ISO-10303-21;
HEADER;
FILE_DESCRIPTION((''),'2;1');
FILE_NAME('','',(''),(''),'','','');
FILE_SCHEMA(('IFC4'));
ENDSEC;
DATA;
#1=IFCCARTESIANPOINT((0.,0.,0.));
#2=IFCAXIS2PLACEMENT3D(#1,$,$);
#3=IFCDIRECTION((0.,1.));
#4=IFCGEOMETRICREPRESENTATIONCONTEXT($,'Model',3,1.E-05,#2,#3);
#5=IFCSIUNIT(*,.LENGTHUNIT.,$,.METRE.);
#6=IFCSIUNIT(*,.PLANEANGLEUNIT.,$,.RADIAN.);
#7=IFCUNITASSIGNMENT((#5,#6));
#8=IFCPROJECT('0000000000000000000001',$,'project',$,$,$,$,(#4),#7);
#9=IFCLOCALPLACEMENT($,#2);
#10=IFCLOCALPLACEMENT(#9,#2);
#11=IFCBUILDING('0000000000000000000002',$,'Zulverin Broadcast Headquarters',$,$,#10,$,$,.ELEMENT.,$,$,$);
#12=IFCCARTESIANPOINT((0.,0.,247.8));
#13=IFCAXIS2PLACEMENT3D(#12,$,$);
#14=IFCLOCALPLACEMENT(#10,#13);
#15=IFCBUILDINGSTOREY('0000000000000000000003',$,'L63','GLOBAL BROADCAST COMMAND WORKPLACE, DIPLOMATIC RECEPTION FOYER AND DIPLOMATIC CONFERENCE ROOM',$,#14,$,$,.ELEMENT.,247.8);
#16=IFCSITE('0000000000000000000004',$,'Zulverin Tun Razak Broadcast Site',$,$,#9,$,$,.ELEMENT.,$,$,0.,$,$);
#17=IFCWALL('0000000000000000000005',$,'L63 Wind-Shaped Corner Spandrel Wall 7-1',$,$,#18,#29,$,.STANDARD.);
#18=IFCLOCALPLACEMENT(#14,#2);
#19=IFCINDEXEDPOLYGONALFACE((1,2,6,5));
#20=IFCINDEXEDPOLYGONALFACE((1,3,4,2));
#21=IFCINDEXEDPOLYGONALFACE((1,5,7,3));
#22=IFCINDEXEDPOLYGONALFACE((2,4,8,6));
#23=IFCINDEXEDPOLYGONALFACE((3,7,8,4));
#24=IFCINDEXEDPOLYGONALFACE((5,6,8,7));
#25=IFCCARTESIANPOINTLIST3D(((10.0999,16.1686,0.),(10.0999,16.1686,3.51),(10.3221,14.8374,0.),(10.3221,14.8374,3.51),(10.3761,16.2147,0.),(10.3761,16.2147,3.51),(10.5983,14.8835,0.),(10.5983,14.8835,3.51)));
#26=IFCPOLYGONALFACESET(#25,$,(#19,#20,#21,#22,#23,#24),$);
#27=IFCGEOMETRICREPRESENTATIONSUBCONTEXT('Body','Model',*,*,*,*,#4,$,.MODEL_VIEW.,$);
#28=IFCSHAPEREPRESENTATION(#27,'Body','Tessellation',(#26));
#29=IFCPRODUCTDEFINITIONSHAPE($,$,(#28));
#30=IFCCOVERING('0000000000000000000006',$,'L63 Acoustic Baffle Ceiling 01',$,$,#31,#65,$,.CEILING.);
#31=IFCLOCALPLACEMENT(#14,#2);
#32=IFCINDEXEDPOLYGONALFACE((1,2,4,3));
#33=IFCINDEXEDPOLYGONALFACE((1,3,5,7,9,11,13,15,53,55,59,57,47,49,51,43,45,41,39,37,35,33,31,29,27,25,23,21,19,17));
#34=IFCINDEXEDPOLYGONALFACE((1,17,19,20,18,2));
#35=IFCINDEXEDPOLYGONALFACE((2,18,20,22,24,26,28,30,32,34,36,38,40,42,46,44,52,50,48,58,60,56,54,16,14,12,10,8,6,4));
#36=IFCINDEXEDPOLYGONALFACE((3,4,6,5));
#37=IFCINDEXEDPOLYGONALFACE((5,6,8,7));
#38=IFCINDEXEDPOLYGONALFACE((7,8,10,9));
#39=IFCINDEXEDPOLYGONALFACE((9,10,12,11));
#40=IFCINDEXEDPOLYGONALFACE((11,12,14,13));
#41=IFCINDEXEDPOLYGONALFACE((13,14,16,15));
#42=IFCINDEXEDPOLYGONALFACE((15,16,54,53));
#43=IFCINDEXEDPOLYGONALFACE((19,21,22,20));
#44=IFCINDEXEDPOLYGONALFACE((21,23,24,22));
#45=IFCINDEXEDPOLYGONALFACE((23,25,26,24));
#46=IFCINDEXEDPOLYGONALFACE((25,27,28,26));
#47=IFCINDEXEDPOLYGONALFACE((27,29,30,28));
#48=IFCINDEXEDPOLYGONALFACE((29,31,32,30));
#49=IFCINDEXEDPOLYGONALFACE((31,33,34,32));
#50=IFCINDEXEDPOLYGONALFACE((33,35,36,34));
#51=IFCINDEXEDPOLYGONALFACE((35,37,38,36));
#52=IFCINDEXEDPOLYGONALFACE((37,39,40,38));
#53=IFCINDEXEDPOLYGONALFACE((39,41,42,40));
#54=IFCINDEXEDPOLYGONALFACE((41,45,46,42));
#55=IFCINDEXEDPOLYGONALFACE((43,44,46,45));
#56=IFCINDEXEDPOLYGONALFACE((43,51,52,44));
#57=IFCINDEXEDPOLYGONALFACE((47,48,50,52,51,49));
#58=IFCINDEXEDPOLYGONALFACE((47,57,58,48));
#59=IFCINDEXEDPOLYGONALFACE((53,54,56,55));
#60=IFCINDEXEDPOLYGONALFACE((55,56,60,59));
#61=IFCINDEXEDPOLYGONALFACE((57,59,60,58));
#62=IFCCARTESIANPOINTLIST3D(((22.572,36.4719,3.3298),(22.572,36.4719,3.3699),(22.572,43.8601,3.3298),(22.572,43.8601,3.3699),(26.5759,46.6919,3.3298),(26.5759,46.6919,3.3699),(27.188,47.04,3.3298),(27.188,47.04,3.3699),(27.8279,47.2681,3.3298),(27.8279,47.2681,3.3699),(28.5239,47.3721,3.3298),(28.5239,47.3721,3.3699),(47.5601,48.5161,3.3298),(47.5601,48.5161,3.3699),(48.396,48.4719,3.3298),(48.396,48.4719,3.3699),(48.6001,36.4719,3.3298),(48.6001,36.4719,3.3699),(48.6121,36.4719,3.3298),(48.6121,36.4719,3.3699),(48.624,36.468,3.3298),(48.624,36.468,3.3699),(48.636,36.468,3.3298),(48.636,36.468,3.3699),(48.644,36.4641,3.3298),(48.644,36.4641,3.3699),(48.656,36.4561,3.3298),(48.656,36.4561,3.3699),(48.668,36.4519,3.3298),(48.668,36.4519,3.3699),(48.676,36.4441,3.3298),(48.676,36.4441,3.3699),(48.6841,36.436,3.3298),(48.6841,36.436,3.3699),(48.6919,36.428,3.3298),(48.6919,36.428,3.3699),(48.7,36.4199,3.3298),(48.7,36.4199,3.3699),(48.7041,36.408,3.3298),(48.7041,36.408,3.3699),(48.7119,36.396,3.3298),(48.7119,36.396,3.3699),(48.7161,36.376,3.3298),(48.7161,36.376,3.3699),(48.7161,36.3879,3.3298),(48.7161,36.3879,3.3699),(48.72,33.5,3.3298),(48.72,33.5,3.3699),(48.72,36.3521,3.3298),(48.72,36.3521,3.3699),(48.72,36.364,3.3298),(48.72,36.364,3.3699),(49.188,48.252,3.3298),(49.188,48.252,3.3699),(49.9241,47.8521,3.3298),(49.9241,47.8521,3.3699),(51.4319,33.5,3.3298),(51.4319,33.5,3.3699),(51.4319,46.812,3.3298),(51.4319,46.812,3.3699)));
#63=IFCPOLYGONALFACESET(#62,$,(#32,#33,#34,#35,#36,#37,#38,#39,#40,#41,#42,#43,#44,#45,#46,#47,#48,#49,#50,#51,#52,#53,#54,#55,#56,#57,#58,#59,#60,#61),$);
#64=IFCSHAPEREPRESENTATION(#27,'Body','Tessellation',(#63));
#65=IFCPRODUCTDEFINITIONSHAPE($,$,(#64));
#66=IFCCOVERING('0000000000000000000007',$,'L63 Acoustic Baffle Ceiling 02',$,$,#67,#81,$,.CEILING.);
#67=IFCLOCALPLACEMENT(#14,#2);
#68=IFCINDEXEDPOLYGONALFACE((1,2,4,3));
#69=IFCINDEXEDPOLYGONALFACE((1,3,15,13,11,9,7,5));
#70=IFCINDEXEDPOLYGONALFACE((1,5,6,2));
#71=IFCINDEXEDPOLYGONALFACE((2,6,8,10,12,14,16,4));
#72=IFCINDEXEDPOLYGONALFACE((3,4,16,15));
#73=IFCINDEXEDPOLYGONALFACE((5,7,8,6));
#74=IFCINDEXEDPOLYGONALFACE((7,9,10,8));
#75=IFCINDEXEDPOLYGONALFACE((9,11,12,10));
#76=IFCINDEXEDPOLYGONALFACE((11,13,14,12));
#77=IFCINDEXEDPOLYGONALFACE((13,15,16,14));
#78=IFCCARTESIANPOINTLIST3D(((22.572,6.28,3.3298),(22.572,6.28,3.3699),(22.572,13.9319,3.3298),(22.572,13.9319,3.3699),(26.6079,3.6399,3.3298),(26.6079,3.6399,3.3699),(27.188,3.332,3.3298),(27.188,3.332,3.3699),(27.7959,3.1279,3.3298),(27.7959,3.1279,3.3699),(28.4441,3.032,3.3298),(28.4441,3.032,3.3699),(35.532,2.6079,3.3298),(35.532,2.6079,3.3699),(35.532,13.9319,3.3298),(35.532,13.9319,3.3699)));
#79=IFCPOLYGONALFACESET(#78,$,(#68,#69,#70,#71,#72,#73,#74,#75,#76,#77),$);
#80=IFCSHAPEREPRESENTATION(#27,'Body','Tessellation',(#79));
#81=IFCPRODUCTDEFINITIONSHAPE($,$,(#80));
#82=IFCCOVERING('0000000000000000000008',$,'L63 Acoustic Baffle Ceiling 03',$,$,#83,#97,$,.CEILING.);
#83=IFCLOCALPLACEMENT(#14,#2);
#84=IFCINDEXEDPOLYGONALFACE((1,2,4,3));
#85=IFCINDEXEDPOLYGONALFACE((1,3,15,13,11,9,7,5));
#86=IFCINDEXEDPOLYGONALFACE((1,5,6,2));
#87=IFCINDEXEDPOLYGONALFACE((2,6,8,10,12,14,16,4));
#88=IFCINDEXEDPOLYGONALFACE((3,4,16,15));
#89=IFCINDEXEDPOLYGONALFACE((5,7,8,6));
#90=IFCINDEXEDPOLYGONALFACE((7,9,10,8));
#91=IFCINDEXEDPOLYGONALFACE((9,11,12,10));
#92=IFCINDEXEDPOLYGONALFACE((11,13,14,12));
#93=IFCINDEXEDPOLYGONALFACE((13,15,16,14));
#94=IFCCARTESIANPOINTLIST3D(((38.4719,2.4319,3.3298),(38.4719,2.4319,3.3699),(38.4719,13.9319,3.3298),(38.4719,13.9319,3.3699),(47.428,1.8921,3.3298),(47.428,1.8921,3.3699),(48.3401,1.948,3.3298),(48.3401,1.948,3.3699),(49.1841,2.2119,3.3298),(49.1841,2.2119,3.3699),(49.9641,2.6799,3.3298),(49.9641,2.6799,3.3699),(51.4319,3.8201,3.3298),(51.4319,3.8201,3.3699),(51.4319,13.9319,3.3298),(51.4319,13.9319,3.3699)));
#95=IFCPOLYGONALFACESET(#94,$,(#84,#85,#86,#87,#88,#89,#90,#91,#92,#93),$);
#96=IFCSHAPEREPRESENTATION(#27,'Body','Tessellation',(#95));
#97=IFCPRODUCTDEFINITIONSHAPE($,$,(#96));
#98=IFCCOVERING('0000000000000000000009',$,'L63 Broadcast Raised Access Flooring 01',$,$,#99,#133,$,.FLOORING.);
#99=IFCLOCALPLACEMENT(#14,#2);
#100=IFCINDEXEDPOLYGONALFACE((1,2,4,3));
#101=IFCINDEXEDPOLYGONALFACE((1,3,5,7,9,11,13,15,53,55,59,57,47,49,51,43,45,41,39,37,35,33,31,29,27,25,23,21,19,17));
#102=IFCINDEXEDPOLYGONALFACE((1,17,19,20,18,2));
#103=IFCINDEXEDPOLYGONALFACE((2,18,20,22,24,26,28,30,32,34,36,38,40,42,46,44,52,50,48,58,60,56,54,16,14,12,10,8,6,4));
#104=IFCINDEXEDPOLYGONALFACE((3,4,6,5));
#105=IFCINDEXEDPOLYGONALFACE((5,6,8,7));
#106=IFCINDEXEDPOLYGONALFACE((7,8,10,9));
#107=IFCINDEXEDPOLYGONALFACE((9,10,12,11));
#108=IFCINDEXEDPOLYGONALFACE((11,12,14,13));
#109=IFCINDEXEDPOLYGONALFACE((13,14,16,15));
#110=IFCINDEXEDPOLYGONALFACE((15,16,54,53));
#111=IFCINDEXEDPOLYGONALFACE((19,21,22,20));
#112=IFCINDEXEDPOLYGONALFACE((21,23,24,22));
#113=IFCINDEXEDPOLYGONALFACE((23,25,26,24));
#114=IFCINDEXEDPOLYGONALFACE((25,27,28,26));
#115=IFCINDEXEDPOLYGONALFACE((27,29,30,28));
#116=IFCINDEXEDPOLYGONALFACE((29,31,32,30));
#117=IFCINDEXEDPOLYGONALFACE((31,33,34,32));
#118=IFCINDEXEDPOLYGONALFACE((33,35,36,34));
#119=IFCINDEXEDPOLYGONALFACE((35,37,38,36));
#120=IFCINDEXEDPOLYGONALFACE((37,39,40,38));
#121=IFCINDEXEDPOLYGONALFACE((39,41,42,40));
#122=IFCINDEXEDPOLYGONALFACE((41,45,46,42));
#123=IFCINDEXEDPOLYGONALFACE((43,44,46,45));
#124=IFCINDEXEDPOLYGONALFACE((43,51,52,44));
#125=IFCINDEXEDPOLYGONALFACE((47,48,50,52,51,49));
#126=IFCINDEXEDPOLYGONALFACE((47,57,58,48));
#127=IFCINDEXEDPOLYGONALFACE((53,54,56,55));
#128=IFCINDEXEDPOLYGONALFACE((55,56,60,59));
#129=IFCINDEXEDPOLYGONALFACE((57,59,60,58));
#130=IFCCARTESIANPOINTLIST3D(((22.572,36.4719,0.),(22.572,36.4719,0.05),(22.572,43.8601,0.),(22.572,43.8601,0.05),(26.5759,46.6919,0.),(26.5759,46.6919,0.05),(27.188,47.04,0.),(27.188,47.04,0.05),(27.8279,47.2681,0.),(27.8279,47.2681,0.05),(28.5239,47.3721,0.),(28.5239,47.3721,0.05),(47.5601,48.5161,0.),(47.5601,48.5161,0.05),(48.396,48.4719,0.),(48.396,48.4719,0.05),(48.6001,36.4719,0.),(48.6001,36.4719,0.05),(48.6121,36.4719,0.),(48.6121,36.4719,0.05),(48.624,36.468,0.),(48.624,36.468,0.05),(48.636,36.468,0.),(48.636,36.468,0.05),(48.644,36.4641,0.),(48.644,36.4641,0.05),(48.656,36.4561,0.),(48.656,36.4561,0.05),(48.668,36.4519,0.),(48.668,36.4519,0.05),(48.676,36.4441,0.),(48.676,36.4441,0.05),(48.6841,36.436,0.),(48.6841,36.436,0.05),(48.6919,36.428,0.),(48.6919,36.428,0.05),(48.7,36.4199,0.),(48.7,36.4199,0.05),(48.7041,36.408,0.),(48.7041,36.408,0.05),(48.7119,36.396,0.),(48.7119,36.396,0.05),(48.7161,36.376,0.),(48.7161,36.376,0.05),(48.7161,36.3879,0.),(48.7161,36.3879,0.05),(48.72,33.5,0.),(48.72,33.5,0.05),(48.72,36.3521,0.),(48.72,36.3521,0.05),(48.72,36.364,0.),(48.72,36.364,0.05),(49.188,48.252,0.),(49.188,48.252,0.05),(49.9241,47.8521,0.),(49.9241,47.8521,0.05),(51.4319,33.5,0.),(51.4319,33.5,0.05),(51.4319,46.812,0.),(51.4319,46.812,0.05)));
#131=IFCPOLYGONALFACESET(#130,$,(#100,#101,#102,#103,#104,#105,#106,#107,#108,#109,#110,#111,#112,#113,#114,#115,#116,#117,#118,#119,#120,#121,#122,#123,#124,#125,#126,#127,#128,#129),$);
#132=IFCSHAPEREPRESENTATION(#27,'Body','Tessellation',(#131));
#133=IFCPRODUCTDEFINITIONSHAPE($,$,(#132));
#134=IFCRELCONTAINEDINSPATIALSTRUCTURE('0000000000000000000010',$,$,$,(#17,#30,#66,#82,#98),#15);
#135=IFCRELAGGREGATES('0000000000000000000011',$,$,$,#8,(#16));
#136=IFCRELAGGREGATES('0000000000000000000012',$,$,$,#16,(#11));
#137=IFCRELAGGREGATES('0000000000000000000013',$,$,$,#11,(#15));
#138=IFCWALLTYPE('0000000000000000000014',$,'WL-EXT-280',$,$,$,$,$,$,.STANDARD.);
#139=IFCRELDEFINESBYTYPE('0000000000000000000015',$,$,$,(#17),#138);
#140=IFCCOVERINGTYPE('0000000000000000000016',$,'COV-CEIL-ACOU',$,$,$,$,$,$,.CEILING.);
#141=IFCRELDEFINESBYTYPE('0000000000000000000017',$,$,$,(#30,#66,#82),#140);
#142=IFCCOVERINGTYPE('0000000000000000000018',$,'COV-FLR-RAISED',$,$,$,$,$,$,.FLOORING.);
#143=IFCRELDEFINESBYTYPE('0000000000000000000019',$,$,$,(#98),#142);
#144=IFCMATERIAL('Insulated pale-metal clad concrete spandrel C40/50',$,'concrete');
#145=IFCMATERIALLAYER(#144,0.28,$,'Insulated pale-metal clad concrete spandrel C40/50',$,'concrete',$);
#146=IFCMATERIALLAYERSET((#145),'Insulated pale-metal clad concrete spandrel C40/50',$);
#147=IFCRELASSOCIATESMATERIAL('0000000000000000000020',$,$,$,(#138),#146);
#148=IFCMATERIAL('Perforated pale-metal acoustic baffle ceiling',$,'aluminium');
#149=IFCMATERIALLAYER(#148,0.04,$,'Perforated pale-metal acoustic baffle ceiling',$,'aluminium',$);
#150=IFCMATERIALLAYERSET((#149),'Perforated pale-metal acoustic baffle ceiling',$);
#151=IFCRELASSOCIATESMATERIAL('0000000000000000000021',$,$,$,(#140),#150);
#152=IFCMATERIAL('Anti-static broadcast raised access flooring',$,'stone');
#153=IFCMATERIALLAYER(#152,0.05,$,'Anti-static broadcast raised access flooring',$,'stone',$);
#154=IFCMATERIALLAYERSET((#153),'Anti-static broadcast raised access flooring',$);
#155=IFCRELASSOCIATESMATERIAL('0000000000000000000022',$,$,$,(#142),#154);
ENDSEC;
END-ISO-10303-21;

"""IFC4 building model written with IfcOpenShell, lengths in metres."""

from ifc_helpers import new_model, si_unit, direction, frame, frame_2d, origin, place, context, subcontext, project, spatial, polyline, rectangle, outline, extrude, material, layer, layer_set, type_object, element, save


model = new_model("IFC4")

# Units and contexts
model_context = context("Model", 3, precision=1e-05, world=origin(), true_north=direction((0.0, 1.0)))
body_context = subcontext(model_context, "Body", "Model", "MODEL_VIEW")
ifc_project = project(units=[si_unit("LENGTHUNIT", "METRE"), si_unit("PLANEANGLEUNIT", "RADIAN")], contexts=[model_context])

# Site, building, storey
site_placement = place(None, origin())
site = spatial("IfcSite", under=ifc_project, at=site_placement, Name="Zulverin Tun Razak Broadcast Site", CompositionType="ELEMENT", RefElevation=0.0)
building_placement = place(site_placement, origin())
building = spatial("IfcBuilding", under=site, at=building_placement, Name="Zulverin Broadcast Headquarters", CompositionType="ELEMENT")
storey_placement = place(building_placement, frame((0.0, 0.0, 247.8)))
storey = spatial("IfcBuildingStorey", under=building, at=storey_placement, Name="L63", Description="GLOBAL BROADCAST COMMAND WORKPLACE, DIPLOMATIC RECEPTION FOYER AND DIPLOMATIC CONFERENCE ROOM", CompositionType="ELEMENT", Elevation=247.8)

# Wall
ifc_material_1 = material(Name="Insulated pale-metal clad concrete spandrel C40/50", Category="concrete")
ifc_layer_1 = layer(ifc_material_1, 0.28, Name="Insulated pale-metal clad concrete spandrel C40/50", Category="concrete")
ifc_layer_set_1 = layer_set([ifc_layer_1], Name="Insulated pale-metal clad concrete spandrel C40/50")
wall_type_1 = type_object("IfcWallType", Name="WL-EXT-280", PredefinedType="STANDARD", material=ifc_layer_set_1)
wall_1_placement = place(storey_placement, frame((10.238, 16.1917, 0.0), z_axis=(0.0, 0.0, 1.0), x_axis=(0.164604, -0.98636, 0.0)))
element("IfcWall", 1, at=wall_1_placement, inside=storey, type_object=wall_type_1, Name="L63 Wind-Shaped Corner Spandrel Wall 7-1", PredefinedType="STANDARD", context=body_context, shape_type="SweptSolid", body=[
    extrude(rectangle(XDim=1.3496, YDim=0.28, at=frame_2d((0.6748, 0.0))), origin(), (0.0, 0.0, 1.0), 3.51),
])

# Coverings
ifc_material_2 = material(Name="Perforated pale-metal acoustic baffle ceiling", Category="aluminium")
ifc_layer_2 = layer(ifc_material_2, 0.04, Name="Perforated pale-metal acoustic baffle ceiling", Category="aluminium")
ifc_layer_set_2 = layer_set([ifc_layer_2], Name="Perforated pale-metal acoustic baffle ceiling")
covering_type_1 = type_object("IfcCoveringType", Name="COV-CEIL-ACOU", PredefinedType="CEILING", material=ifc_layer_set_2)
covering_1_placement = place(storey_placement, frame((0.0, 0.0, 3.3298)))
element("IfcCovering", 2, at=covering_1_placement, inside=storey, type_object=covering_type_1, Name="L63 Acoustic Baffle Ceiling 01", PredefinedType="CEILING", context=body_context, shape_type="SweptSolid", body=[
    extrude(outline(polyline([(48.396, 48.4719), (47.5601, 48.5161), (28.5239, 47.3721), (27.8279, 47.2681), (27.188, 47.04), (26.5759, 46.6919), (22.572, 43.8601), (22.572, 36.4719), (48.6001, 36.4719), (48.6121, 36.4719), (48.624, 36.468), (48.636, 36.468), (48.644, 36.4641), (48.656, 36.4561), (48.668, 36.4519), (48.676, 36.4441), (48.6841, 36.436), (48.6919, 36.428), (48.7, 36.4199), (48.7041, 36.408), (48.7119, 36.396), (48.7161, 36.3879), (48.7161, 36.376), (48.72, 36.364), (48.72, 36.3521), (48.72, 33.5), (51.4319, 33.5), (51.4319, 46.812), (49.9241, 47.8521), (49.188, 48.252), (48.396, 48.4719)])), origin(), (0.0, 0.0, 1.0), 0.04),
])
covering_2_placement = place(storey_placement, frame((0.0, 0.0, 3.3298)))
element("IfcCovering", 3, at=covering_2_placement, inside=storey, type_object=covering_type_1, Name="L63 Acoustic Baffle Ceiling 02", PredefinedType="CEILING", context=body_context, shape_type="SweptSolid", body=[
    extrude(outline(polyline([(27.188, 3.332), (27.7959, 3.1279), (28.4441, 3.032), (35.532, 2.6079), (35.532, 13.9319), (22.572, 13.9319), (22.572, 6.28), (26.6079, 3.6399), (27.188, 3.332)])), origin(), (0.0, 0.0, 1.0), 0.04),
])
covering_3_placement = place(storey_placement, frame((0.0, 0.0, 3.3298)))
element("IfcCovering", 4, at=covering_3_placement, inside=storey, type_object=covering_type_1, Name="L63 Acoustic Baffle Ceiling 03", PredefinedType="CEILING", context=body_context, shape_type="SweptSolid", body=[
    extrude(outline(polyline([(38.4719, 13.9319), (38.4719, 2.4319), (47.428, 1.8921), (48.3401, 1.948), (49.1841, 2.2119), (49.9641, 2.6799), (51.4319, 3.8201), (51.4319, 13.9319), (38.4719, 13.9319)])), origin(), (0.0, 0.0, 1.0), 0.04),
])
ifc_material_3 = material(Name="Anti-static broadcast raised access flooring", Category="stone")
ifc_layer_3 = layer(ifc_material_3, 0.05, Name="Anti-static broadcast raised access flooring", Category="stone")
ifc_layer_set_3 = layer_set([ifc_layer_3], Name="Anti-static broadcast raised access flooring")
covering_type_2 = type_object("IfcCoveringType", Name="COV-FLR-RAISED", PredefinedType="FLOORING", material=ifc_layer_set_3)
covering_4_placement = place(storey_placement, origin())
element("IfcCovering", 5, at=covering_4_placement, inside=storey, type_object=covering_type_2, Name="L63 Broadcast Raised Access Flooring 01", PredefinedType="FLOORING", context=body_context, shape_type="SweptSolid", body=[
    extrude(outline(polyline([(48.396, 48.4719), (47.5601, 48.5161), (28.5239, 47.3721), (27.8279, 47.2681), (27.188, 47.04), (26.5759, 46.6919), (22.572, 43.8601), (22.572, 36.4719), (48.6001, 36.4719), (48.6121, 36.4719), (48.624, 36.468), (48.636, 36.468), (48.644, 36.4641), (48.656, 36.4561), (48.668, 36.4519), (48.676, 36.4441), (48.6841, 36.436), (48.6919, 36.428), (48.7, 36.4199), (48.7041, 36.408), (48.7119, 36.396), (48.7161, 36.3879), (48.7161, 36.376), (48.72, 36.364), (48.72, 36.3521), (48.72, 33.5), (51.4319, 33.5), (51.4319, 46.812), (49.9241, 47.8521), (49.188, 48.252), (48.396, 48.4719)])), origin(), (0.0, 0.0, 1.0), 0.05),
])

save(model, "model.ifc")
